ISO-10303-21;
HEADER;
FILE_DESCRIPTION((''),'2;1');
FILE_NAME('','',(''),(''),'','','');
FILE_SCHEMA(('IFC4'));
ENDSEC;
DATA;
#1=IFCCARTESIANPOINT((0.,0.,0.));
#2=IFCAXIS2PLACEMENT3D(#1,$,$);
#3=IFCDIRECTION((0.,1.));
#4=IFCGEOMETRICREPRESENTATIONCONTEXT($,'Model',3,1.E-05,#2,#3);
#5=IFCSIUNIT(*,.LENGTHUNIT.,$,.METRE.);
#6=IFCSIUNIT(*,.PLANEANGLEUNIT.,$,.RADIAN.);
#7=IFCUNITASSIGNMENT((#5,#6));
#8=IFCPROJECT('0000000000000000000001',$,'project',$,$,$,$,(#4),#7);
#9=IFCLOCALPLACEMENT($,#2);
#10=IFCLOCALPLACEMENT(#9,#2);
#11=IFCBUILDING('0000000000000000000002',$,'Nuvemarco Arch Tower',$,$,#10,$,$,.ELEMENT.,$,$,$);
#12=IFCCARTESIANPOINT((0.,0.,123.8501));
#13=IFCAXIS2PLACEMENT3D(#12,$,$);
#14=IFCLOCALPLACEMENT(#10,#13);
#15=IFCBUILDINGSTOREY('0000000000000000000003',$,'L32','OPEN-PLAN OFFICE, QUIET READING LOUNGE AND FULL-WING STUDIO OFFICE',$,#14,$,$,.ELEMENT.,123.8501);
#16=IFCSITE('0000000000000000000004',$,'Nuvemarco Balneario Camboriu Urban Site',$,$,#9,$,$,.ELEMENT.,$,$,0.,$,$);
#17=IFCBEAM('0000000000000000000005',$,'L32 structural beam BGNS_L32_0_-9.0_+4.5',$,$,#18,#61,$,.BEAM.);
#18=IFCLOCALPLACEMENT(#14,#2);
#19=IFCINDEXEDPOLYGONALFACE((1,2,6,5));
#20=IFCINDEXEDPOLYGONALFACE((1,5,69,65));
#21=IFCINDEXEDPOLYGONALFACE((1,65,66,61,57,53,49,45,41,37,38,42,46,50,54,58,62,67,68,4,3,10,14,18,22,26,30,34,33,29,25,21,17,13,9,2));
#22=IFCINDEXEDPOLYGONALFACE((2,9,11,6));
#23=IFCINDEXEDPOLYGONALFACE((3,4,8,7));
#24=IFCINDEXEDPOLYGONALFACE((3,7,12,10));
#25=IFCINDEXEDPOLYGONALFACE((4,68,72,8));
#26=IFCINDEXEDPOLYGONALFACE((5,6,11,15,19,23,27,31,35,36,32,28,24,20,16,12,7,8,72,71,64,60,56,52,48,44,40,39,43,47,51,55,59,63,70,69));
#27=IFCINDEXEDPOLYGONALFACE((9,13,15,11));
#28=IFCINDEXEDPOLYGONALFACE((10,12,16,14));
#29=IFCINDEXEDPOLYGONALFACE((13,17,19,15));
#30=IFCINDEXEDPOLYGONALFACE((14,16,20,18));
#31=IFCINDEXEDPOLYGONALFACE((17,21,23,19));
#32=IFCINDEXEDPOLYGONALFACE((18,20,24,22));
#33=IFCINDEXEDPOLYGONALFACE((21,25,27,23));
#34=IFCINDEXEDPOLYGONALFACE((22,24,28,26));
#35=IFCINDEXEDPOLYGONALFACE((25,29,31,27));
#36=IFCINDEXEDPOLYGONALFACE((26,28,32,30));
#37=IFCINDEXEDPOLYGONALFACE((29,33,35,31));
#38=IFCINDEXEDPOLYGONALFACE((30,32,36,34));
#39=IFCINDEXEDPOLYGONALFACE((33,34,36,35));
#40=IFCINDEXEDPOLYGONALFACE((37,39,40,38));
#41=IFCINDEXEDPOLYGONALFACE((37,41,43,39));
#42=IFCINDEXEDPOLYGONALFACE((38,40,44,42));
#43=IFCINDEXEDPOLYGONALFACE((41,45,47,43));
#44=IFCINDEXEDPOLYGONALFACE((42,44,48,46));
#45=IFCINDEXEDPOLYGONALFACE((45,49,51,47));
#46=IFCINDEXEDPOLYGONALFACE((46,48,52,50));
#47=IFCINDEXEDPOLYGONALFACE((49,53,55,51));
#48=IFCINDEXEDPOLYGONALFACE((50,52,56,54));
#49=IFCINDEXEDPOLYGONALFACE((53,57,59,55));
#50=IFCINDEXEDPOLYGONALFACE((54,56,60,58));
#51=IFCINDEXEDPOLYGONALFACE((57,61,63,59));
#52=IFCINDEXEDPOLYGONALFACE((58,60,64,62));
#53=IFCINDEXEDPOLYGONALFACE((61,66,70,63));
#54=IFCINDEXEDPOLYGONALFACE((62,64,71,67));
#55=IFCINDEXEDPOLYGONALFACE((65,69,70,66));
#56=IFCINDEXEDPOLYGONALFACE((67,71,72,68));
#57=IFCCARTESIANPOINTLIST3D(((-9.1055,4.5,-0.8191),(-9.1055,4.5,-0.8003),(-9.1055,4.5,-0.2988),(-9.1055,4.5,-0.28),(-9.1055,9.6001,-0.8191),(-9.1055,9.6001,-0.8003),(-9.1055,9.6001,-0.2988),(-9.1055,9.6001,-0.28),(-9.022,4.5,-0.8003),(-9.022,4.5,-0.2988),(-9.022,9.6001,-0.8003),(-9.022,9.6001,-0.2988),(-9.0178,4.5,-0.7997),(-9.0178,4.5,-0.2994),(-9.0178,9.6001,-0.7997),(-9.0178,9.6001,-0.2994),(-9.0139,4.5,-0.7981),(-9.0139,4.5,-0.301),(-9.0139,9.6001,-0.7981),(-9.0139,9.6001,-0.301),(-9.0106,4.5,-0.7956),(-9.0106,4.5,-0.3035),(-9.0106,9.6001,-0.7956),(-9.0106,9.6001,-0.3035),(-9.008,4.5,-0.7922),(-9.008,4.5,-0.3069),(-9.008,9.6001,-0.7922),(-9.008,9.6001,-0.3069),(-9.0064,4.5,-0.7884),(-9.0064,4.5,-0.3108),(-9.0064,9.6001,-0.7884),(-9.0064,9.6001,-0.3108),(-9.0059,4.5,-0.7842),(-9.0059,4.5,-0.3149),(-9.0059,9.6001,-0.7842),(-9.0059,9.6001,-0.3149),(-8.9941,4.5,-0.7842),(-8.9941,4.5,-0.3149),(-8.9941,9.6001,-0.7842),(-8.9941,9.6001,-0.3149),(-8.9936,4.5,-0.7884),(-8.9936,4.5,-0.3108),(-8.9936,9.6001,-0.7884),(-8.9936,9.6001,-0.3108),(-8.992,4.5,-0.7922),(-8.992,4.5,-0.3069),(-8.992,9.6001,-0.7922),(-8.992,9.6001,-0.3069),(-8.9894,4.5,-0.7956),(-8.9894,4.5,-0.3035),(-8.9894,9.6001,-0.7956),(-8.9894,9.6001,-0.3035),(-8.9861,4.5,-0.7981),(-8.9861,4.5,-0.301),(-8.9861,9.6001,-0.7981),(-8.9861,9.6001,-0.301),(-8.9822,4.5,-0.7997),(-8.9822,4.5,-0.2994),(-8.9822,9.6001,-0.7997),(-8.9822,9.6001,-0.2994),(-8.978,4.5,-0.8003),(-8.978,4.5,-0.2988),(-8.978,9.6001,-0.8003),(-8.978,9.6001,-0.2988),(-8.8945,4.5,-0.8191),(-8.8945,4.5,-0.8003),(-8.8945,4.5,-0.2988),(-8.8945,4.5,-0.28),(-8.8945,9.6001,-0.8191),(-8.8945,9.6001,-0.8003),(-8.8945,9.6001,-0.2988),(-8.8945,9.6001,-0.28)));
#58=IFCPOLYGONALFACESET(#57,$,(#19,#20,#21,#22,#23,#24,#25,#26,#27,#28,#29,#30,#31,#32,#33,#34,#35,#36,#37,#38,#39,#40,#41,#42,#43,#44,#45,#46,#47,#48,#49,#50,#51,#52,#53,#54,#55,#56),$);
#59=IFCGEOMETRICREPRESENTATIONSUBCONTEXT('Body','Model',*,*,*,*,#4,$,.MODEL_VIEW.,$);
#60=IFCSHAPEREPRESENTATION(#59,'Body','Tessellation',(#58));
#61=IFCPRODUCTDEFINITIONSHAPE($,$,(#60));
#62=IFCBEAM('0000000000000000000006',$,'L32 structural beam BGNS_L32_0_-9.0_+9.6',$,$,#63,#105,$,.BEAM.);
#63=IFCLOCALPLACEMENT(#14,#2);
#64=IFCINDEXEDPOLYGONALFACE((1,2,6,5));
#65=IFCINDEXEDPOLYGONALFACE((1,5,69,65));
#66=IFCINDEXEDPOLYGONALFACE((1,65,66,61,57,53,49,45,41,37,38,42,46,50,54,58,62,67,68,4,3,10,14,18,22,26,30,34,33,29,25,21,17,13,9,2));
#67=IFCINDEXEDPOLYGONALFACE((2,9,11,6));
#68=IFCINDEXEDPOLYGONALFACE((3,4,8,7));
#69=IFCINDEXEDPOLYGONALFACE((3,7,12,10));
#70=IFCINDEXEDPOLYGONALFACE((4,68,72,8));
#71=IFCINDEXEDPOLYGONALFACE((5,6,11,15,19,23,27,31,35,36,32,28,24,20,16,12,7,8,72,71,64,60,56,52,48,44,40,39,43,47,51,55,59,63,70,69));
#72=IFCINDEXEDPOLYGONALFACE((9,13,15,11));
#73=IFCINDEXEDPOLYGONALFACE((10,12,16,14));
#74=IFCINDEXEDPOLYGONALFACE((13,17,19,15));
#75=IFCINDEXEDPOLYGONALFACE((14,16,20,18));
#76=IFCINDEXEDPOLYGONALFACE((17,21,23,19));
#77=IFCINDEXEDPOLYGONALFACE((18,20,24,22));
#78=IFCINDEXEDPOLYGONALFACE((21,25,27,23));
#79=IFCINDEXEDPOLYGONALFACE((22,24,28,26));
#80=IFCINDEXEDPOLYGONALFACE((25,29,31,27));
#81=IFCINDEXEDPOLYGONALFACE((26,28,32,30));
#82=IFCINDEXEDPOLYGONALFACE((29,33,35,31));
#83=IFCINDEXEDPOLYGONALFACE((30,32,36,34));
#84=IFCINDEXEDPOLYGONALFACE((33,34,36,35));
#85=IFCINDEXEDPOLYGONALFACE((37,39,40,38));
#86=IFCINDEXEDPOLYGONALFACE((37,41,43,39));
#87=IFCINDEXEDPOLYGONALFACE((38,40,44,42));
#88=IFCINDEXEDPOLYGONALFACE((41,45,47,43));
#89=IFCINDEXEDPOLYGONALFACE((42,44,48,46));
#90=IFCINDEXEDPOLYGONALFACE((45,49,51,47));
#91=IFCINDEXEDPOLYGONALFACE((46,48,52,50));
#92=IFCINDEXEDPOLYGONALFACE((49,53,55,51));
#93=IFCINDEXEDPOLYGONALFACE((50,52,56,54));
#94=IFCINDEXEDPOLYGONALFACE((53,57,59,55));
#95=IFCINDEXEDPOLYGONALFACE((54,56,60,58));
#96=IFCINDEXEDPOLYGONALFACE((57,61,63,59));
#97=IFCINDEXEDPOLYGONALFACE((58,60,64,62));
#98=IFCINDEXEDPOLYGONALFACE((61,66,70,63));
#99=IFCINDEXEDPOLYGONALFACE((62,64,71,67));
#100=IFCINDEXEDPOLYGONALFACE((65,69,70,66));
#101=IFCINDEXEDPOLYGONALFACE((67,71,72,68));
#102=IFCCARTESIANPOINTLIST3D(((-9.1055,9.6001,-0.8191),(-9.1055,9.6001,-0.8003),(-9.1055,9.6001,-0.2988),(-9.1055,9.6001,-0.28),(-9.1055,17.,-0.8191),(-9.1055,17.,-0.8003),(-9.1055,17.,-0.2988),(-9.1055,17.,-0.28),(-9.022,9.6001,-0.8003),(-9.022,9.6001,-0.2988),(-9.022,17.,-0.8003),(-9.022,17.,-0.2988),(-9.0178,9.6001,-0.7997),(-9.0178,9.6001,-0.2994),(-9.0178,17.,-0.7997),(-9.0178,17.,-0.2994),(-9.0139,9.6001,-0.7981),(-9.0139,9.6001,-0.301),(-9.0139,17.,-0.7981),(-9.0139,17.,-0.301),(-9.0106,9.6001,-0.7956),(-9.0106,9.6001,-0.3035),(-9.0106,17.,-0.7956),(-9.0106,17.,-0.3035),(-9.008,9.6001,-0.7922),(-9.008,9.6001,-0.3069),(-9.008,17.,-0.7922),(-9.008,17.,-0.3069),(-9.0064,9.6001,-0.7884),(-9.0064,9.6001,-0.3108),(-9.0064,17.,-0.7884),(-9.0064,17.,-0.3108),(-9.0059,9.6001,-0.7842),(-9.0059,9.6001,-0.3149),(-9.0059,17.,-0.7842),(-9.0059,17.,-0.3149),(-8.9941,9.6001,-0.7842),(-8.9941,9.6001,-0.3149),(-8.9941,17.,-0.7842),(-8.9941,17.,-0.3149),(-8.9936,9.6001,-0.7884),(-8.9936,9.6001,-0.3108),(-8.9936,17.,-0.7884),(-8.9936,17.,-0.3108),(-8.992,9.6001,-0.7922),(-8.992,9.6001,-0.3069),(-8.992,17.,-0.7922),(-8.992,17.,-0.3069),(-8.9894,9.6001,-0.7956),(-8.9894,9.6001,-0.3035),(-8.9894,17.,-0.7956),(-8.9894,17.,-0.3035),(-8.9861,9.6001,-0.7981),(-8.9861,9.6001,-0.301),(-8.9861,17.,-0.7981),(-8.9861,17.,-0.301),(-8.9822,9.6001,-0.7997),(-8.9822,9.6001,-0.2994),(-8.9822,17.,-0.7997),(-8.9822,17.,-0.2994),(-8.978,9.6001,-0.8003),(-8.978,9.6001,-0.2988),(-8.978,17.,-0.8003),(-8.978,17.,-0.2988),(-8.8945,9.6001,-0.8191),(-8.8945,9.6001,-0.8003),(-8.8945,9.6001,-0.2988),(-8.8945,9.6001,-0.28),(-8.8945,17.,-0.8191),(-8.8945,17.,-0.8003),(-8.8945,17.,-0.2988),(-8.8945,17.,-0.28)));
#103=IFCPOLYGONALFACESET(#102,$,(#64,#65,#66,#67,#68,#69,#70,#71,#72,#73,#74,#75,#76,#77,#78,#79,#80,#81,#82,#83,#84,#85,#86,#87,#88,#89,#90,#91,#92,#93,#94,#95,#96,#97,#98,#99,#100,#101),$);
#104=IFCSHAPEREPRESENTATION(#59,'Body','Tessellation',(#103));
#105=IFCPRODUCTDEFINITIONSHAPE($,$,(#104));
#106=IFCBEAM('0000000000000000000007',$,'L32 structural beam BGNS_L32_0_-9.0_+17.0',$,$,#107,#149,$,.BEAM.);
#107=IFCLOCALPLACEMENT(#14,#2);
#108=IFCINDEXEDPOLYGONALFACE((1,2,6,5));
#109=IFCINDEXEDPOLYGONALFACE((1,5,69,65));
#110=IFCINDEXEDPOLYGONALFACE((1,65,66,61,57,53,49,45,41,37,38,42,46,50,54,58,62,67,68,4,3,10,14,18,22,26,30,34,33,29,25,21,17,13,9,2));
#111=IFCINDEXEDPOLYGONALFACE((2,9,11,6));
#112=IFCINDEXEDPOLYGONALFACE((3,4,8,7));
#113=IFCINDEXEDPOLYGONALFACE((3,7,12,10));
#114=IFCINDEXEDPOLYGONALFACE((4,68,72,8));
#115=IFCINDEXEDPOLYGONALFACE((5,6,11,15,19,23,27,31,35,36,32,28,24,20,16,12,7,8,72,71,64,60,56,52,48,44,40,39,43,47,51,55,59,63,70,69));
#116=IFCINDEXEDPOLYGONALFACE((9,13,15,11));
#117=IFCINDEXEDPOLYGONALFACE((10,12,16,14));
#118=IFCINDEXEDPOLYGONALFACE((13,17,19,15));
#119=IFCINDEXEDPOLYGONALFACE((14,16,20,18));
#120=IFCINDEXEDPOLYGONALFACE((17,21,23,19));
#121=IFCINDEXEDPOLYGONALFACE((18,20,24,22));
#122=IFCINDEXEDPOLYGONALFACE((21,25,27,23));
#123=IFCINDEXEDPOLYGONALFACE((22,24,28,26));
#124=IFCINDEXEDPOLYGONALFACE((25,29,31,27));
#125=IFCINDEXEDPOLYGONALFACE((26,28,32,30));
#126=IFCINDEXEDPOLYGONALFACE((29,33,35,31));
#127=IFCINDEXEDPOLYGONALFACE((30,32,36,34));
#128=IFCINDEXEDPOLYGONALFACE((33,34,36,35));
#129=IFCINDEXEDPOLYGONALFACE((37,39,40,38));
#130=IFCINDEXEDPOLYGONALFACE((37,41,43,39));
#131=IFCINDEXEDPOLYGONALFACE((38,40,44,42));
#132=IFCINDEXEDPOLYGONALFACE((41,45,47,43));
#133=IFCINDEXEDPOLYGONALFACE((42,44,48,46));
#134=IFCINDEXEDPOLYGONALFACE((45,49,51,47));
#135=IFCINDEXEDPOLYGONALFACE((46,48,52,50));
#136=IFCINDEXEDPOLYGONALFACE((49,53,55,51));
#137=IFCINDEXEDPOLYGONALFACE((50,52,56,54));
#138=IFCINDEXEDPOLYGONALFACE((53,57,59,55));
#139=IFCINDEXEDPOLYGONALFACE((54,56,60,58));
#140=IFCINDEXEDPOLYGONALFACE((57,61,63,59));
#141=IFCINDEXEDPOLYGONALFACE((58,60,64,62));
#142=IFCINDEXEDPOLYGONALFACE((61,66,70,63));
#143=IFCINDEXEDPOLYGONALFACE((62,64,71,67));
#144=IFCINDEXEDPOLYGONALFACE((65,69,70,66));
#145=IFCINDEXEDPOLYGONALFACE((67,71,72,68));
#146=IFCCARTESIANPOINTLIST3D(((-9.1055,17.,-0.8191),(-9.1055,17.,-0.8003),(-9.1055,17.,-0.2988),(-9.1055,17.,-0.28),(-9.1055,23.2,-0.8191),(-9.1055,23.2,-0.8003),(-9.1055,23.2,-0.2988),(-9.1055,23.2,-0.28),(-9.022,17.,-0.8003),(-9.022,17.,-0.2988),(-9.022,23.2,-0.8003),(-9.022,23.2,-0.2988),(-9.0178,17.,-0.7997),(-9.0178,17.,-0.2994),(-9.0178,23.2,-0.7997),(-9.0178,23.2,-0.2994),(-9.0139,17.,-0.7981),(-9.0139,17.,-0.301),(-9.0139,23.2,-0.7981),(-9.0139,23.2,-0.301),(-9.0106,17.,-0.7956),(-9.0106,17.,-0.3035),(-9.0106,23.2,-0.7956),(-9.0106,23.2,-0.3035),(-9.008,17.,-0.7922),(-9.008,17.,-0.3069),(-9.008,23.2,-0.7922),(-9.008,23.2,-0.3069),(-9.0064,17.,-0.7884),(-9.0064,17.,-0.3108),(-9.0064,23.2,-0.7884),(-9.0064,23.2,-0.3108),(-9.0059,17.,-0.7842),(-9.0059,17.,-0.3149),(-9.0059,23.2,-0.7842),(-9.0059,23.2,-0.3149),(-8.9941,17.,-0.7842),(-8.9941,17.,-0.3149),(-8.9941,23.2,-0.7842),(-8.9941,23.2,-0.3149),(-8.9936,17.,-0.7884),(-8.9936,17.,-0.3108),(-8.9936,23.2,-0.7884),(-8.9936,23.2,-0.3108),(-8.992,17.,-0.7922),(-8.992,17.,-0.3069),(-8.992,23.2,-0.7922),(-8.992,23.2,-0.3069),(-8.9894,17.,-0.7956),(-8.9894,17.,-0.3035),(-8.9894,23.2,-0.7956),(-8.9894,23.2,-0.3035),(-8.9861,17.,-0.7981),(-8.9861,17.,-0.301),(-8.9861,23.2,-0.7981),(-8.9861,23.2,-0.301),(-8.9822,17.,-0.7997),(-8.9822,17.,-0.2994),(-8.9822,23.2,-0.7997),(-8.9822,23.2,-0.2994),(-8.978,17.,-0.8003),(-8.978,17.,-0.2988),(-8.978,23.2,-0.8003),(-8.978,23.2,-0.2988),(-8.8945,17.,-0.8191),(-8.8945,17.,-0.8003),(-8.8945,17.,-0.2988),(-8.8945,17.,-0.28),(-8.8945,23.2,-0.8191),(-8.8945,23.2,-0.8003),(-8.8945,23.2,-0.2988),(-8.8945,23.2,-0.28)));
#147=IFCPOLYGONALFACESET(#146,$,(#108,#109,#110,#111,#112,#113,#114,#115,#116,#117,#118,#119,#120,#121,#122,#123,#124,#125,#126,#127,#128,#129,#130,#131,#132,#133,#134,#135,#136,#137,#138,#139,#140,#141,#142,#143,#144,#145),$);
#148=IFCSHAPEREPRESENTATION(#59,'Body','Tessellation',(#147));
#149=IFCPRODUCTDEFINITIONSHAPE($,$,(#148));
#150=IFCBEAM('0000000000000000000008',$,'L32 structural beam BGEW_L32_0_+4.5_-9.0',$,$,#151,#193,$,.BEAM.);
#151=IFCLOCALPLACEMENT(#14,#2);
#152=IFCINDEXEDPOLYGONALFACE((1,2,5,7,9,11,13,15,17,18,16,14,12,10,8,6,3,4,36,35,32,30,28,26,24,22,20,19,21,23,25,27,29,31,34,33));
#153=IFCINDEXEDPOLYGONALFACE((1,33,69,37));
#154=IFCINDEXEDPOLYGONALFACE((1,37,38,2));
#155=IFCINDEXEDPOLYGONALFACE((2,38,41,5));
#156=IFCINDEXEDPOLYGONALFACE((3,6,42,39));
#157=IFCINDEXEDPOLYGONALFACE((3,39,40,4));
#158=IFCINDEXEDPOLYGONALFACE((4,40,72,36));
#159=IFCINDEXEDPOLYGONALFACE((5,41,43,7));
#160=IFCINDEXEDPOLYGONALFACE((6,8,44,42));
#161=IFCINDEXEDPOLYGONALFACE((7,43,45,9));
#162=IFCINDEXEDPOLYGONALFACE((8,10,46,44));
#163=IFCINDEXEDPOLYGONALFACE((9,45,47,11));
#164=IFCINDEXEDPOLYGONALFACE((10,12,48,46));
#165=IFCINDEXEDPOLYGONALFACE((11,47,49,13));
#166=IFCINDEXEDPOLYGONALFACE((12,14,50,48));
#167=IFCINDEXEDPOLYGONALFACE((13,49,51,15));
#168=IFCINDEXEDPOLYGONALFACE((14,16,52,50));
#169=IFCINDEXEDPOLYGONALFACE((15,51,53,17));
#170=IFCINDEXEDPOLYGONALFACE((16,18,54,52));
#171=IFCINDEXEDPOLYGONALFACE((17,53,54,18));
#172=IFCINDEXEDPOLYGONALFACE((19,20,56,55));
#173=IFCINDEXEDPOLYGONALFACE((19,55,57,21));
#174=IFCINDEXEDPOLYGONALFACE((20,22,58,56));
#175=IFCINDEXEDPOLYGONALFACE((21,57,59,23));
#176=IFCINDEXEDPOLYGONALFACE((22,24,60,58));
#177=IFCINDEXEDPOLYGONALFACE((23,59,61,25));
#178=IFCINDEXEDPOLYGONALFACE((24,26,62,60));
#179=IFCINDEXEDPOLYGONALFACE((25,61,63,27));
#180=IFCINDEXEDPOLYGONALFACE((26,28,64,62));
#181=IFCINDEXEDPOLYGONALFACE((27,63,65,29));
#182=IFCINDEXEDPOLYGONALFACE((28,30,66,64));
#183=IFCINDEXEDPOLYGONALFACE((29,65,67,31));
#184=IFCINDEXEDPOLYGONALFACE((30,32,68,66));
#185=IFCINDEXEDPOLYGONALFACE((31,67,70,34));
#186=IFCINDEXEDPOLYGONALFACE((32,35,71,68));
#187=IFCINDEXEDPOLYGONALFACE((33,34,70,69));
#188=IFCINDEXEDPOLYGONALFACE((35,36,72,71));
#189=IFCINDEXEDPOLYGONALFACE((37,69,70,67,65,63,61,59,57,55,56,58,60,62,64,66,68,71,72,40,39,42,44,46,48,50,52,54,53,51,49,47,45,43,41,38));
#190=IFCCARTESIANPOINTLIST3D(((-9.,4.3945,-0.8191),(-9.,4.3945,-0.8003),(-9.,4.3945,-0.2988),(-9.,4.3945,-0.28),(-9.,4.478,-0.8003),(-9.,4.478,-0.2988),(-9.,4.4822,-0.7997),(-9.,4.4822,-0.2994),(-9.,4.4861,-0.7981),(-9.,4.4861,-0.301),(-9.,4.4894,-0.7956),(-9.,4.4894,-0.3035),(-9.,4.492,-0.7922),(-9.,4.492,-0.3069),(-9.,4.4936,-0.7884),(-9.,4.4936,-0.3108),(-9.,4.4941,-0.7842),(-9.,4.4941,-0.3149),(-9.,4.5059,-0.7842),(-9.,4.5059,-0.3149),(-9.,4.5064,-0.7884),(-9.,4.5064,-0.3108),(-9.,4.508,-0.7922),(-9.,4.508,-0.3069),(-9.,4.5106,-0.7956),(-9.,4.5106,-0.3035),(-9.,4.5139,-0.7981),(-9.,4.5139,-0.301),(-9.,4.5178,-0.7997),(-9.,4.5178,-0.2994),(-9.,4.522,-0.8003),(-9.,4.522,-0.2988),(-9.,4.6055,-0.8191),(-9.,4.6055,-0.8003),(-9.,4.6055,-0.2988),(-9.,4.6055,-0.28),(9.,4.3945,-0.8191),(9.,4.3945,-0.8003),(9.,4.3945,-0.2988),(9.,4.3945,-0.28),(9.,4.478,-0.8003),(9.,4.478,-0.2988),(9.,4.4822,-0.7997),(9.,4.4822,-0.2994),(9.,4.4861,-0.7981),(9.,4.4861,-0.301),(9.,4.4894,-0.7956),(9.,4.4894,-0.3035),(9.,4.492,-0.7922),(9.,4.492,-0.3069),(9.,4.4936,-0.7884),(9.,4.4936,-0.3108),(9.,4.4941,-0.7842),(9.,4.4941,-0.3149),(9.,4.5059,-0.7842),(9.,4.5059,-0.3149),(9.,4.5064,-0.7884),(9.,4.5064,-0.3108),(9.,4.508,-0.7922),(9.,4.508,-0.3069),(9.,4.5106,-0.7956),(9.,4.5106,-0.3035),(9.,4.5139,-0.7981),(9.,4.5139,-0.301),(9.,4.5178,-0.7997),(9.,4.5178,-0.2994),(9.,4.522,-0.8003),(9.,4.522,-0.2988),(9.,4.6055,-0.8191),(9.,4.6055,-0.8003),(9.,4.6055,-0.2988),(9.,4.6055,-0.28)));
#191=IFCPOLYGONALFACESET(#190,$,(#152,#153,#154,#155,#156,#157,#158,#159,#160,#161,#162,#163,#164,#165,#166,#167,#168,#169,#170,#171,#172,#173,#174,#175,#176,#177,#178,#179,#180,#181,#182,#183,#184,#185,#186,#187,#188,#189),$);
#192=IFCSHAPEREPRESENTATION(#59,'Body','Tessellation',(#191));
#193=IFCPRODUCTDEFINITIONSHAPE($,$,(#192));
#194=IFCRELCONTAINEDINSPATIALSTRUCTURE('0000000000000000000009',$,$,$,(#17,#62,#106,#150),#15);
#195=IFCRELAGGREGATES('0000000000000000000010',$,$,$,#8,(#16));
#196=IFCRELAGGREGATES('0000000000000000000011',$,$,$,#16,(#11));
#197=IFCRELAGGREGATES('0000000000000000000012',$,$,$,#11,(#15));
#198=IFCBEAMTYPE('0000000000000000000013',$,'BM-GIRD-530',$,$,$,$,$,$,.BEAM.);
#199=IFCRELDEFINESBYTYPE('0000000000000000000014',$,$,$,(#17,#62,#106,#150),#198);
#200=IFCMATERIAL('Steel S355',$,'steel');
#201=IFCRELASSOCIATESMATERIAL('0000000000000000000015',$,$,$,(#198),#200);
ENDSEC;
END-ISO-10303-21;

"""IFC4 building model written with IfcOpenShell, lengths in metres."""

from ifc_helpers import new_model, si_unit, direction, frame, origin, origin_2d, place, context, subcontext, project, spatial, i_section, extrude, material, material_profile, profile_set, type_object, element, save


model = new_model("IFC4")

# Units and contexts
model_context = context("Model", 3, precision=1e-05, world=origin(), true_north=direction((0.0, 1.0)))
body_context = subcontext(model_context, "Body", "Model", "MODEL_VIEW")
ifc_project = project(units=[si_unit("LENGTHUNIT", "METRE"), si_unit("PLANEANGLEUNIT", "RADIAN")], contexts=[model_context])

# Site, building, storey
site_placement = place(None, origin())
site = spatial("IfcSite", under=ifc_project, at=site_placement, Name="Nuvemarco Balneario Camboriu Urban Site", CompositionType="ELEMENT", RefElevation=0.0)
building_placement = place(site_placement, origin())
building = spatial("IfcBuilding", under=site, at=building_placement, Name="Nuvemarco Arch Tower", CompositionType="ELEMENT")
storey_placement = place(building_placement, frame((0.0, 0.0, 123.8501)))
storey = spatial("IfcBuildingStorey", under=building, at=storey_placement, Name="L32", Description="OPEN-PLAN OFFICE, QUIET READING LOUNGE AND FULL-WING STUDIO OFFICE", CompositionType="ELEMENT", Elevation=123.8501)

# Shared definitions
ifc_material_1 = material(Name="Steel S355", Category="steel")

# Beams
ifc_material_profile_1 = material_profile(ifc_material_1, i_section(OverallWidth=0.2109, OverallDepth=0.5391, WebThickness=0.0117, FlangeThickness=0.0188, FilletRadius=0.0161, at=origin_2d()), Name="W530x109")
ifc_profile_set_1 = profile_set([ifc_material_profile_1], Name="Steel S355")
beam_type_1 = type_object("IfcBeamType", Name="BM-GIRD-530", PredefinedType="BEAM", material=ifc_profile_set_1)
beam_1_placement = place(storey_placement, frame((-9.0, 4.5, -0.5496), z_axis=(0.0, 1.0, 0.0), x_axis=(-1.0, 0.0, 0.0)))
element("IfcBeam", 1, at=beam_1_placement, inside=storey, type_object=beam_type_1, Name="L32 structural beam BGNS_L32_0_-9.0_+4.5", PredefinedType="BEAM", context=body_context, shape_type="SweptSolid", body=[
    extrude(i_section(OverallWidth=0.2109, OverallDepth=0.5391, WebThickness=0.0117, FlangeThickness=0.0188, FilletRadius=0.0161, at=origin_2d()), origin(), (0.0, 0.0, 1.0), 5.1001),
])
beam_2_placement = place(storey_placement, frame((-9.0, 9.6001, -0.5496), z_axis=(0.0, 1.0, 0.0), x_axis=(-1.0, 0.0, 0.0)))
element("IfcBeam", 2, at=beam_2_placement, inside=storey, type_object=beam_type_1, Name="L32 structural beam BGNS_L32_0_-9.0_+9.6", PredefinedType="BEAM", context=body_context, shape_type="SweptSolid", body=[
    extrude(i_section(OverallWidth=0.2109, OverallDepth=0.5391, WebThickness=0.0117, FlangeThickness=0.0188, FilletRadius=0.0161, at=origin_2d()), origin(), (0.0, 0.0, 1.0), 7.3999),
])
beam_3_placement = place(storey_placement, frame((-9.0, 17.0, -0.5496), z_axis=(0.0, 1.0, 0.0), x_axis=(-1.0, 0.0, 0.0)))
element("IfcBeam", 3, at=beam_3_placement, inside=storey, type_object=beam_type_1, Name="L32 structural beam BGNS_L32_0_-9.0_+17.0", PredefinedType="BEAM", context=body_context, shape_type="SweptSolid", body=[
    extrude(i_section(OverallWidth=0.2109, OverallDepth=0.5391, WebThickness=0.0117, FlangeThickness=0.0188, FilletRadius=0.0161, at=origin_2d()), origin(), (0.0, 0.0, 1.0), 6.2),
])
beam_4_placement = place(storey_placement, frame((-9.0, 4.5, -0.5496), z_axis=(1.0, 0.0, 0.0), x_axis=(0.0, 1.0, 0.0)))
element("IfcBeam", 4, at=beam_4_placement, inside=storey, type_object=beam_type_1, Name="L32 structural beam BGEW_L32_0_+4.5_-9.0", PredefinedType="BEAM", context=body_context, shape_type="SweptSolid", body=[
    extrude(i_section(OverallWidth=0.2109, OverallDepth=0.5391, WebThickness=0.0117, FlangeThickness=0.0188, FilletRadius=0.0161, at=origin_2d()), origin(), (0.0, 0.0, 1.0), 18.0),
])

save(model, "model.ifc")
